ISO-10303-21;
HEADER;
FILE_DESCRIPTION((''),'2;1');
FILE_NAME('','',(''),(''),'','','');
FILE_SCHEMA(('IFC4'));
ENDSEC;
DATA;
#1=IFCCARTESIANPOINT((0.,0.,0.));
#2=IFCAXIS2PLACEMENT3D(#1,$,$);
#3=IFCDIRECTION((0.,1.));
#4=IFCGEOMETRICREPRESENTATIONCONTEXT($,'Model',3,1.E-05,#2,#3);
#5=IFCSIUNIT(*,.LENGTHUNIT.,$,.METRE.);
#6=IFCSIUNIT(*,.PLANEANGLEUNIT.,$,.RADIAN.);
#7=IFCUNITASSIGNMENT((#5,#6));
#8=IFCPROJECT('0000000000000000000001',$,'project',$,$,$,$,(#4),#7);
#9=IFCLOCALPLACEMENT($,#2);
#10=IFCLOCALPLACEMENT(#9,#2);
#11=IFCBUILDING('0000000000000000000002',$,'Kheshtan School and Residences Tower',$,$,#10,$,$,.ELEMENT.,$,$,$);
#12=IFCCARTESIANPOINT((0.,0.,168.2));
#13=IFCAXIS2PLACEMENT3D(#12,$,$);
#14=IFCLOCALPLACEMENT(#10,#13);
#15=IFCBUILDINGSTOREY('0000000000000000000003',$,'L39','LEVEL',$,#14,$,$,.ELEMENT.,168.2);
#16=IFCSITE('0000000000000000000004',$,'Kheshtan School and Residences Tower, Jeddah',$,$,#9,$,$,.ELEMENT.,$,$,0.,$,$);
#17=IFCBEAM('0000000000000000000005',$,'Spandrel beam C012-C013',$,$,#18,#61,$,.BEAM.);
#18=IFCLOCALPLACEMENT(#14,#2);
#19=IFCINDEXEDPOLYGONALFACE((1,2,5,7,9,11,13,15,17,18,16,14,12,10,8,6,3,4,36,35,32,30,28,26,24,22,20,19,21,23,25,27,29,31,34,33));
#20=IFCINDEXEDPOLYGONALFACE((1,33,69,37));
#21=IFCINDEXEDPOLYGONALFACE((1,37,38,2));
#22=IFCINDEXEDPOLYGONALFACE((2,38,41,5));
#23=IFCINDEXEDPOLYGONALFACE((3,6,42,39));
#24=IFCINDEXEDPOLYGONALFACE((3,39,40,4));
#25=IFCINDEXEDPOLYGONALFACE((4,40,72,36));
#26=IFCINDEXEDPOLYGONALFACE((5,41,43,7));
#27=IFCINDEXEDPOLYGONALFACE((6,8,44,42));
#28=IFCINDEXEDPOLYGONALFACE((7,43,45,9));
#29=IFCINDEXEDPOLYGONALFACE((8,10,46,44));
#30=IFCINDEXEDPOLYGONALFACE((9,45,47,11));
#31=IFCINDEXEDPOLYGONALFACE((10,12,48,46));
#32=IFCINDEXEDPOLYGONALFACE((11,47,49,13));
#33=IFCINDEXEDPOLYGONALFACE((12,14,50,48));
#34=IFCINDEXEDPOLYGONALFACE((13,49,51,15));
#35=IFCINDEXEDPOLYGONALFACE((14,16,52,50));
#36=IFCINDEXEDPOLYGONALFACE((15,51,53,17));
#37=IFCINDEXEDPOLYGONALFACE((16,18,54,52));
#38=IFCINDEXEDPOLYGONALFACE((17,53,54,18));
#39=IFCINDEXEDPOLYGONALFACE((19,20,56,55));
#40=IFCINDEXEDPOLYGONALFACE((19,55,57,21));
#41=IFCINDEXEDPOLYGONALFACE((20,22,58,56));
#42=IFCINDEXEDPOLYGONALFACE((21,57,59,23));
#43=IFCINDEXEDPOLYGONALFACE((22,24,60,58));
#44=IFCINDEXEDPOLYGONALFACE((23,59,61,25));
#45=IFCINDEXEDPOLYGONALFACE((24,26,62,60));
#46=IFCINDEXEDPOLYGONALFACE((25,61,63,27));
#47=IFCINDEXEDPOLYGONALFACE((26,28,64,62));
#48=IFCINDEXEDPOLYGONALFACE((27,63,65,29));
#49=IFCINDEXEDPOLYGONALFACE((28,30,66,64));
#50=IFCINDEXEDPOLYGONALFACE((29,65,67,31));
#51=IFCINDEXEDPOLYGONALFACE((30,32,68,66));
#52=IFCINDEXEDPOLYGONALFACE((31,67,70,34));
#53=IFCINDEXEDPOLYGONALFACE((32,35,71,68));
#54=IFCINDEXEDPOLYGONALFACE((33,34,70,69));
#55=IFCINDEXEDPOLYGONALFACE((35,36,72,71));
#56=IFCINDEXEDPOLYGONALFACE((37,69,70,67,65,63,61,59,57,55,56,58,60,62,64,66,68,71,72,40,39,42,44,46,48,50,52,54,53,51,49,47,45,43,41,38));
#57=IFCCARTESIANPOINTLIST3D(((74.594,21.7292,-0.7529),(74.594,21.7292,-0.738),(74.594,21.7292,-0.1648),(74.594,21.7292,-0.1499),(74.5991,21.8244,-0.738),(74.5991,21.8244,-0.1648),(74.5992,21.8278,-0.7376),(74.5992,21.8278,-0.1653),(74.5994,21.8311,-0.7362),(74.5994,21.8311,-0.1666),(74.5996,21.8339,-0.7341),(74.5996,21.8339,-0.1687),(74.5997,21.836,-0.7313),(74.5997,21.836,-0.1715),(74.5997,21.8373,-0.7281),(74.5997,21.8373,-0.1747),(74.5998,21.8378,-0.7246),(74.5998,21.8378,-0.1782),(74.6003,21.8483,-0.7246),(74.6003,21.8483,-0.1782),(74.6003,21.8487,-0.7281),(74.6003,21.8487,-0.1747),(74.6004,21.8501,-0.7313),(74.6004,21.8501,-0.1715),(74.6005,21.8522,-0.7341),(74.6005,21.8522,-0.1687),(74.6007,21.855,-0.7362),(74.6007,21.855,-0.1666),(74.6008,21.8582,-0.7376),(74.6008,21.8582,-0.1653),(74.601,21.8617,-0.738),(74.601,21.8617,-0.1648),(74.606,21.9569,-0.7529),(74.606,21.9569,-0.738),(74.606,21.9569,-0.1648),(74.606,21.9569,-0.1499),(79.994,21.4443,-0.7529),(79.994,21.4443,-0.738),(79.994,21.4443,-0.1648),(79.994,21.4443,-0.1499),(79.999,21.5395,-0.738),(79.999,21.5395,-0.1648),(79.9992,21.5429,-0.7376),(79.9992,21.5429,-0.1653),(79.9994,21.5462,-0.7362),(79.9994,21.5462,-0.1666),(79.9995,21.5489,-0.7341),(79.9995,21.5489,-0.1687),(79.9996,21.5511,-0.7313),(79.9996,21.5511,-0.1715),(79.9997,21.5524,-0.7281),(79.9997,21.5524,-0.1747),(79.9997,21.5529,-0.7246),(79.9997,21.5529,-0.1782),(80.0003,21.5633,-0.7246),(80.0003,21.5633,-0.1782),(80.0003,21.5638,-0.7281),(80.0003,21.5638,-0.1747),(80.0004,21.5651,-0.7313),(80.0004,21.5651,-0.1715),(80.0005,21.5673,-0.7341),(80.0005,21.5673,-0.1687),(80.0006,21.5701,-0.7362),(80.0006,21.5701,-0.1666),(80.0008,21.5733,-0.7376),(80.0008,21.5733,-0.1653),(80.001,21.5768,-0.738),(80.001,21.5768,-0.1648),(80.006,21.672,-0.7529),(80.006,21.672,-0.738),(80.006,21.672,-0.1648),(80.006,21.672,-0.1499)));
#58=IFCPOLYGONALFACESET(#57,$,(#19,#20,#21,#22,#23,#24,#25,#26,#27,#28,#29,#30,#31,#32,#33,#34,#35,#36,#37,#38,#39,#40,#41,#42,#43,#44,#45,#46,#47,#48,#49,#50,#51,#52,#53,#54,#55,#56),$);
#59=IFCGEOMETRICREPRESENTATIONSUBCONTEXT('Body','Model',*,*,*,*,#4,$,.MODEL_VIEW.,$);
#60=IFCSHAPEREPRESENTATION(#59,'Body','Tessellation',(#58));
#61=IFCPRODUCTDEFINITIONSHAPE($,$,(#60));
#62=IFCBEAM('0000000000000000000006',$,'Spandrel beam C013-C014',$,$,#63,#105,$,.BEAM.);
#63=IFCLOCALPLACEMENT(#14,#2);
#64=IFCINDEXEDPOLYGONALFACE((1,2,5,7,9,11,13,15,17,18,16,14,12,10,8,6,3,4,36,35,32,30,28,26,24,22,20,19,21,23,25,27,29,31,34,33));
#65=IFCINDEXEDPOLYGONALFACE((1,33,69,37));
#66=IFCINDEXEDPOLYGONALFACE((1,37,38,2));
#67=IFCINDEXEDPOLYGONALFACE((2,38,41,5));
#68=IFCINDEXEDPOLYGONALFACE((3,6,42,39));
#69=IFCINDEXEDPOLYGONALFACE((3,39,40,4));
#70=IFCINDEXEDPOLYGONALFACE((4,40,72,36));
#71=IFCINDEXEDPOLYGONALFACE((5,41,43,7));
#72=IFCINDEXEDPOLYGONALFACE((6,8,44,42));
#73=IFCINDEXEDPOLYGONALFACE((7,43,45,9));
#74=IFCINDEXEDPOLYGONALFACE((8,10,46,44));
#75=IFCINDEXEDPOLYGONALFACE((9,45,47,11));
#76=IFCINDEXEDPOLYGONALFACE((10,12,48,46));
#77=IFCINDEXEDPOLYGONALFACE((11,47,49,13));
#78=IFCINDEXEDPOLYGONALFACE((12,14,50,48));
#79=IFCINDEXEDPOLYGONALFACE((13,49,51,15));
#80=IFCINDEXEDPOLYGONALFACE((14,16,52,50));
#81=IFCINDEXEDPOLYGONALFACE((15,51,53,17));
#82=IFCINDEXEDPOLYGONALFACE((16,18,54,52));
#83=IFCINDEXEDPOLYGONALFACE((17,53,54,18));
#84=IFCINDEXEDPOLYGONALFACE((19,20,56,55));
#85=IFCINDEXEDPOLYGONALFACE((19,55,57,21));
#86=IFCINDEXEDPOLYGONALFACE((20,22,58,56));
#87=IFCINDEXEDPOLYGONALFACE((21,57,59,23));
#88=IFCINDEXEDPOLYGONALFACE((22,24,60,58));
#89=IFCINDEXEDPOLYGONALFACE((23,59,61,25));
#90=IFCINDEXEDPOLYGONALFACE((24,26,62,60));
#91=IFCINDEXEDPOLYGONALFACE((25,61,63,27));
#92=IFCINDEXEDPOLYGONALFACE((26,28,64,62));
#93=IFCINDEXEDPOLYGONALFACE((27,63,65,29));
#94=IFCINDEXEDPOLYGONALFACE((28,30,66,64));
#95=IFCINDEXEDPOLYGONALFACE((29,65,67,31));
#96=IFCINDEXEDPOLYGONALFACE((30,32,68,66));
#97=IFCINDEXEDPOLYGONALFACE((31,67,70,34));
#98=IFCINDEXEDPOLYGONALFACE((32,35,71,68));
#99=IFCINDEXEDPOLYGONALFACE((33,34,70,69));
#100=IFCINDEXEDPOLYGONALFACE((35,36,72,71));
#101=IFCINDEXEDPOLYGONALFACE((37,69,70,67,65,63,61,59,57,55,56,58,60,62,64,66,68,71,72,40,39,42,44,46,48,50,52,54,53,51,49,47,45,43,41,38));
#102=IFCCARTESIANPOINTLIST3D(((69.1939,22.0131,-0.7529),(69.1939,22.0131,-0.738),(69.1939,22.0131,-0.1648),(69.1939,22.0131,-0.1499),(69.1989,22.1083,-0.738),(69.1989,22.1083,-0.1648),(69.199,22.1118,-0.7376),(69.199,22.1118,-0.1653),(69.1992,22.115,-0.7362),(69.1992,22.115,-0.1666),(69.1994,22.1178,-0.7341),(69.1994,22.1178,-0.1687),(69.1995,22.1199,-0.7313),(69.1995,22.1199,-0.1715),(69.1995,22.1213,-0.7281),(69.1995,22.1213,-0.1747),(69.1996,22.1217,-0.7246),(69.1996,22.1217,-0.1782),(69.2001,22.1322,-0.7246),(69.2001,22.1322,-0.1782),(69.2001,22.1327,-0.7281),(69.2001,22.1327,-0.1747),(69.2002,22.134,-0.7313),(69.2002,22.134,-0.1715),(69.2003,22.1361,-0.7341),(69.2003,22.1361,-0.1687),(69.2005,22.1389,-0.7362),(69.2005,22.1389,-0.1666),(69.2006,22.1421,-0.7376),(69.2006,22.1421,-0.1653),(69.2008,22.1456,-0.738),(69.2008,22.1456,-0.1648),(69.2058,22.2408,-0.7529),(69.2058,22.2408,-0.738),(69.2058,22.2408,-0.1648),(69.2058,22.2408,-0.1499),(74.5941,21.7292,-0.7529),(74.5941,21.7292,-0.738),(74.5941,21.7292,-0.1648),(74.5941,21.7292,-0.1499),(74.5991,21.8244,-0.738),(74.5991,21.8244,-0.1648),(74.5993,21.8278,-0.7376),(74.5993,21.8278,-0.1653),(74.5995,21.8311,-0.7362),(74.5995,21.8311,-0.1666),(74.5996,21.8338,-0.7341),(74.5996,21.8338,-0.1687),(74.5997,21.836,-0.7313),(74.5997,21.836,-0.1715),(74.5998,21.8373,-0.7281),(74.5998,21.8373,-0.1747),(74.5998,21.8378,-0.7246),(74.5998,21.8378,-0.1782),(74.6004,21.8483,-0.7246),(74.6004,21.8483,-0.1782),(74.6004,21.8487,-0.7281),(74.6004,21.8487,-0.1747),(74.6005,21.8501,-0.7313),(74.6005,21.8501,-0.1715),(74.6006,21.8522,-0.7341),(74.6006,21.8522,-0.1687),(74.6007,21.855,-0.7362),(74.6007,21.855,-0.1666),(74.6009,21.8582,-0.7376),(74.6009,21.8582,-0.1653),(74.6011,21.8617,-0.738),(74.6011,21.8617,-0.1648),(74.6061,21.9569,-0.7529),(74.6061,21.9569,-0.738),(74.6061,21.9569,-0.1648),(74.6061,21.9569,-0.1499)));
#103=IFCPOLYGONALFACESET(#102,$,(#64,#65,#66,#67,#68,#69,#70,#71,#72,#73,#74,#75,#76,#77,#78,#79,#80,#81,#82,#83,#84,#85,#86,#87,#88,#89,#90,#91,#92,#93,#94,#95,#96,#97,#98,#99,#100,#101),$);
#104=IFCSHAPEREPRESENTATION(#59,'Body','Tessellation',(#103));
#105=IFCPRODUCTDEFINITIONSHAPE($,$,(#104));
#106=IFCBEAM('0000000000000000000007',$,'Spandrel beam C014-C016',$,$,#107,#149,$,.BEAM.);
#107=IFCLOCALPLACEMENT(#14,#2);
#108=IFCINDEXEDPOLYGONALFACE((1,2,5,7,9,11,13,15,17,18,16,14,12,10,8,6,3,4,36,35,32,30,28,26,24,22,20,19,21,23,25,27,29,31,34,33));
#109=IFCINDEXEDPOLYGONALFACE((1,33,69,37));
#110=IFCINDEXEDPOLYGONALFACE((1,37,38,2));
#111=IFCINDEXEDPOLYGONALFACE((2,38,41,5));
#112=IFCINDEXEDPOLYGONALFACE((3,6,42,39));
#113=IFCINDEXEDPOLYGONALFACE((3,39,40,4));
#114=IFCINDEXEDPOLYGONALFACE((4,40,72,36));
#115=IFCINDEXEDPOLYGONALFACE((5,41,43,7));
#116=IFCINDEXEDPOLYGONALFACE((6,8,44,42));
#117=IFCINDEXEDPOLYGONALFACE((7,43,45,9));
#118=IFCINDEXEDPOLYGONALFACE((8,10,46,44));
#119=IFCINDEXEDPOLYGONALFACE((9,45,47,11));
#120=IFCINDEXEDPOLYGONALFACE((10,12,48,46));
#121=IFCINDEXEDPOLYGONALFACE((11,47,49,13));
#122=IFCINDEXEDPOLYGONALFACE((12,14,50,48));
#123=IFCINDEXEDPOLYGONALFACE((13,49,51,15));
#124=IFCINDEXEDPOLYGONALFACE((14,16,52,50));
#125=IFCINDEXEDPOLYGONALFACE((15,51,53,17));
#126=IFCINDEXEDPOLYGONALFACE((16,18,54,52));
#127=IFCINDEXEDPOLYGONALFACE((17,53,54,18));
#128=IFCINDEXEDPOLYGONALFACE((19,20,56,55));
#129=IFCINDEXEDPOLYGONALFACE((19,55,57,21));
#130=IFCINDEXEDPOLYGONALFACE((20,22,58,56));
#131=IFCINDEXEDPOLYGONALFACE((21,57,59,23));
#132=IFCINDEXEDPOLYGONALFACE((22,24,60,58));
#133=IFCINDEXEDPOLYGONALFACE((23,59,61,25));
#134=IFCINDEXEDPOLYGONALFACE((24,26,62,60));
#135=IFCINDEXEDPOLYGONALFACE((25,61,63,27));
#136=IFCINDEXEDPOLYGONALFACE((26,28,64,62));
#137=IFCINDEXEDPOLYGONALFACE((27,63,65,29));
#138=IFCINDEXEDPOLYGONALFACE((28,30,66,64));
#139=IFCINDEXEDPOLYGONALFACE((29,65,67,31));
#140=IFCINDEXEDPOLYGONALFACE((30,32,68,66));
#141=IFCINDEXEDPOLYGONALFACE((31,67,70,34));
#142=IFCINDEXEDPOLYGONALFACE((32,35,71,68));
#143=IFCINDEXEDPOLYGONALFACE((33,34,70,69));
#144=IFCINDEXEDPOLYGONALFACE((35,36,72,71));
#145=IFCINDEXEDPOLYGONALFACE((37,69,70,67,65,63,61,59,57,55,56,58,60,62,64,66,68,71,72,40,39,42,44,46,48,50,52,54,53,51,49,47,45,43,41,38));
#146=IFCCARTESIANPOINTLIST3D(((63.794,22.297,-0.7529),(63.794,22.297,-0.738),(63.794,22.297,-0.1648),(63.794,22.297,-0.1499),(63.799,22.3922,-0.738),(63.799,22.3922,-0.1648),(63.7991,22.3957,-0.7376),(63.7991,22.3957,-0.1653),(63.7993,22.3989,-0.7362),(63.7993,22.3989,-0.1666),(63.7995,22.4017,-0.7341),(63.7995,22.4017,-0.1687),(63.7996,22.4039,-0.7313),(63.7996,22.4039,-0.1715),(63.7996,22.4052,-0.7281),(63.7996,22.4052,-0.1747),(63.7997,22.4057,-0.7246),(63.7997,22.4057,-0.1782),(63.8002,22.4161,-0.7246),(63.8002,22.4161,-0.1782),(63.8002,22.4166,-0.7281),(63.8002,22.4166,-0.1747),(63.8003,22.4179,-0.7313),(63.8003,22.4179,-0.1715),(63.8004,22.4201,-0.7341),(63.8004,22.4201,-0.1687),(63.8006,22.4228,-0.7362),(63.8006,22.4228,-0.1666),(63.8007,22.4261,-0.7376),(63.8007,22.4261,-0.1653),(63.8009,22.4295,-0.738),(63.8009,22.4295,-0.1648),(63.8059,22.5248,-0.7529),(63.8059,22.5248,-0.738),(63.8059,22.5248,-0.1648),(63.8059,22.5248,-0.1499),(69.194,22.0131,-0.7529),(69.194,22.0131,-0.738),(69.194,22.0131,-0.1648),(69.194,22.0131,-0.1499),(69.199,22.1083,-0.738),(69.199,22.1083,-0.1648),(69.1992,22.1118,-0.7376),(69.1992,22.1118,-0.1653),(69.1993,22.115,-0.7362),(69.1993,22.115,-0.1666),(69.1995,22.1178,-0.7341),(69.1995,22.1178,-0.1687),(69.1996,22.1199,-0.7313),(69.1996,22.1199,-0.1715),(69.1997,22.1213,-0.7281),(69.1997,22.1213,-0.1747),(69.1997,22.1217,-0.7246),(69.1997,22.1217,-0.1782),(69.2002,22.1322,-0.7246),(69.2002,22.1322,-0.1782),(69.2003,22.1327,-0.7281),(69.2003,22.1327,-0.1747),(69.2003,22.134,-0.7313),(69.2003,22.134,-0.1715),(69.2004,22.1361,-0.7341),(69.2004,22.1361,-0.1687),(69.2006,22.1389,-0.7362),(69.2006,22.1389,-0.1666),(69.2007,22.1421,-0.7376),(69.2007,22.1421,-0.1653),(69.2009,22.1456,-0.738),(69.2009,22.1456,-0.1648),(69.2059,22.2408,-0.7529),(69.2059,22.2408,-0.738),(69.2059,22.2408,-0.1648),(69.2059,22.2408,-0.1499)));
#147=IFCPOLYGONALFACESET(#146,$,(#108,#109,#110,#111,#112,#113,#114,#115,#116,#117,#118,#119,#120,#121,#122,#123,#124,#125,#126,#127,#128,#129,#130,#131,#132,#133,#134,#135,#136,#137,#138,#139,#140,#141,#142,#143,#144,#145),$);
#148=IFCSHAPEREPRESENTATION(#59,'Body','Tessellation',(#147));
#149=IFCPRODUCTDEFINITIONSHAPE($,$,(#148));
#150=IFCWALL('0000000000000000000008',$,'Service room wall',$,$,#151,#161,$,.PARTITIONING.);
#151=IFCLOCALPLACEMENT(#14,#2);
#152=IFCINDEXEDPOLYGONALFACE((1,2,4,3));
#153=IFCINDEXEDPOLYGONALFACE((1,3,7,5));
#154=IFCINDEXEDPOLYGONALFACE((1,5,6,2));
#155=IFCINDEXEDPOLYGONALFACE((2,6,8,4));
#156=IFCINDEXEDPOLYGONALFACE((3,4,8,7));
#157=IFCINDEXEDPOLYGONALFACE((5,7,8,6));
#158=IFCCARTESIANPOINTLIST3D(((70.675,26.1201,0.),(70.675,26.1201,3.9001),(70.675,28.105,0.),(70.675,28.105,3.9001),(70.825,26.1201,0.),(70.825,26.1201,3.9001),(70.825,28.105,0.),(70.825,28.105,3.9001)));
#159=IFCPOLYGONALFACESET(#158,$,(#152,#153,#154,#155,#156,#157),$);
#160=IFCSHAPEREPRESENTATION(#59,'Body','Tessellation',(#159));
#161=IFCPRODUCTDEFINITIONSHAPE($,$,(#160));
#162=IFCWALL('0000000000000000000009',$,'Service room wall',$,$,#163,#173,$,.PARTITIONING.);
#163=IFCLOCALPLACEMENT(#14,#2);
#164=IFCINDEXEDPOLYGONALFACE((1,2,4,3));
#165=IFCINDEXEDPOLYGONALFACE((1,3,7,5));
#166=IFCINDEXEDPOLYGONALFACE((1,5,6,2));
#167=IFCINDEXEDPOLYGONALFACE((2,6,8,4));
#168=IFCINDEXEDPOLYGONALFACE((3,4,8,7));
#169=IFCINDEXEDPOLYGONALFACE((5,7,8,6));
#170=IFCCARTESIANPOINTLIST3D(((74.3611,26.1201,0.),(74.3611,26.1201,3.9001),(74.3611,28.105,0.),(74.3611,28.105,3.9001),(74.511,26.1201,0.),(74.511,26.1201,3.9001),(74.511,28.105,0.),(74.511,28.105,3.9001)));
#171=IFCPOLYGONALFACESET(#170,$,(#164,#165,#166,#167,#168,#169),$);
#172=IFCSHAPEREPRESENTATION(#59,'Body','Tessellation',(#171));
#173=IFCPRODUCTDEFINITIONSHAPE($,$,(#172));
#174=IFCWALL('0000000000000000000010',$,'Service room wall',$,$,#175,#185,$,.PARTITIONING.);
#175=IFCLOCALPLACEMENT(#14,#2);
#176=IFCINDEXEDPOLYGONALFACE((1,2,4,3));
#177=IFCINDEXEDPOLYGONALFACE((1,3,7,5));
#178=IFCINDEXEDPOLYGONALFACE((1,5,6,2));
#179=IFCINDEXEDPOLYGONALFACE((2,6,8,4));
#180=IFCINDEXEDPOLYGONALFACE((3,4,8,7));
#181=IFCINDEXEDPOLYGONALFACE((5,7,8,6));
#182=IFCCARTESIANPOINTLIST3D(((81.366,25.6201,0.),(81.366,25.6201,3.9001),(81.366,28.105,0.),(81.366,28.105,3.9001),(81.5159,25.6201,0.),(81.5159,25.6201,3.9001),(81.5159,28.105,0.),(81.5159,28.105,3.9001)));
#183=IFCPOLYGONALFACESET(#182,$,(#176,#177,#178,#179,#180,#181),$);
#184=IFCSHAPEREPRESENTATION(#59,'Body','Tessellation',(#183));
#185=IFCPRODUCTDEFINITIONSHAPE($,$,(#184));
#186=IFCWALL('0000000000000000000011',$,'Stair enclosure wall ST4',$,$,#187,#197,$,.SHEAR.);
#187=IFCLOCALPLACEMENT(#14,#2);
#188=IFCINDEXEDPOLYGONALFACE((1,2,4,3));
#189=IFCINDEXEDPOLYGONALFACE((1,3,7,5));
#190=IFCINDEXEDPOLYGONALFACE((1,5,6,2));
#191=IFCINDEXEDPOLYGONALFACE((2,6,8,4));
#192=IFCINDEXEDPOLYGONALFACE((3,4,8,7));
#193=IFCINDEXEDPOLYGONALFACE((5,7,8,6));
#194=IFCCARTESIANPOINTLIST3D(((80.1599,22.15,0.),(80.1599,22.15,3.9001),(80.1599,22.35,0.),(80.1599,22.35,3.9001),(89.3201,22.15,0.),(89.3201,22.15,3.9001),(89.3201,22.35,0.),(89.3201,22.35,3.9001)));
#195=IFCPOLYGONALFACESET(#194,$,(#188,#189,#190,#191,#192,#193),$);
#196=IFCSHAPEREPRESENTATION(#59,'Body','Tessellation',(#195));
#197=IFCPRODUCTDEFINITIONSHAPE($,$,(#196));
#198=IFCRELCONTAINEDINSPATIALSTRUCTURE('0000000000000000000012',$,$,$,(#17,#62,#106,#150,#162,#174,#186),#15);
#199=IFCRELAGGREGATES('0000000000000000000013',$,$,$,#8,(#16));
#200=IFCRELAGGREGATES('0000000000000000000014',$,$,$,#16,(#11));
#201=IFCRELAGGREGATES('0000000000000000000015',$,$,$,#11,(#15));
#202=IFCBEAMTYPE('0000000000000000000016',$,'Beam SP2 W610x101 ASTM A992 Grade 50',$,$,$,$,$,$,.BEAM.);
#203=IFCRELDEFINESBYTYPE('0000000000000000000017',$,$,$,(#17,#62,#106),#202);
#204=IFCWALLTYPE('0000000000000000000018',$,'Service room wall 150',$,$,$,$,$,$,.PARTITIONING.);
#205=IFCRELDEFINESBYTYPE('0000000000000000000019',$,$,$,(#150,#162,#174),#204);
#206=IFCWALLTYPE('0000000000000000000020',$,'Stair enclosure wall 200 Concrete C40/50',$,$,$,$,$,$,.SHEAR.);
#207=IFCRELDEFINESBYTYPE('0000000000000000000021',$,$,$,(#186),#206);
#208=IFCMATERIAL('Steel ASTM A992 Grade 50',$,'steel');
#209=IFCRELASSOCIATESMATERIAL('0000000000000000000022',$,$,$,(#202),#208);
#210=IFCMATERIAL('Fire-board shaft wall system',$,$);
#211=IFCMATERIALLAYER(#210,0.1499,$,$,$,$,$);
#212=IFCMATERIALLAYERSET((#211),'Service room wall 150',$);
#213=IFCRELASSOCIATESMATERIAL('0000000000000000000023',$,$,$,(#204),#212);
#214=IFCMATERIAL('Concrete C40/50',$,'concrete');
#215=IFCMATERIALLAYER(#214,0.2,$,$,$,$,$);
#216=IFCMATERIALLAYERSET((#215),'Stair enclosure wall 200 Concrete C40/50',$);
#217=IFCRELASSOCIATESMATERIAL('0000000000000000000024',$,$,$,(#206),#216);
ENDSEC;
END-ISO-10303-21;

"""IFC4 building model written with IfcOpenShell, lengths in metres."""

from ifc_helpers import new_model, si_unit, direction, frame, frame_2d, origin, origin_2d, place, context, subcontext, project, spatial, rectangle, i_section, extrude, material, layer, layer_set, material_profile, profile_set, type_object, element, save


model = new_model("IFC4")

# Units and contexts
model_context = context("Model", 3, precision=1e-05, world=origin(), true_north=direction((0.0, 1.0)))
body_context = subcontext(model_context, "Body", "Model", "MODEL_VIEW")
ifc_project = project(units=[si_unit("LENGTHUNIT", "METRE"), si_unit("PLANEANGLEUNIT", "RADIAN")], contexts=[model_context])

# Site, building, storey
site_placement = place(None, origin())
site = spatial("IfcSite", under=ifc_project, at=site_placement, Name="Kheshtan School and Residences Tower, Jeddah", CompositionType="ELEMENT", RefElevation=0.0)
building_placement = place(site_placement, origin())
building = spatial("IfcBuilding", under=site, at=building_placement, Name="Kheshtan School and Residences Tower", CompositionType="ELEMENT")
storey_placement = place(building_placement, frame((0.0, 0.0, 168.2)))
storey = spatial("IfcBuildingStorey", under=building, at=storey_placement, Name="L39", Description="LEVEL", CompositionType="ELEMENT", Elevation=168.2)

# Shared definitions
ifc_material_1 = material(Name="Steel ASTM A992 Grade 50", Category="steel")

# Beams
ifc_material_profile_1 = material_profile(ifc_material_1, i_section(OverallWidth=0.228, OverallDepth=0.603, WebThickness=0.0105, FlangeThickness=0.0149, FilletRadius=0.0134, at=origin_2d()), Name="W610x101")
ifc_profile_set_1 = profile_set([ifc_material_profile_1], Name="Steel ASTM A992 Grade 50")
beam_type_1 = type_object("IfcBeamType", Name="Beam SP2 W610x101 ASTM A992 Grade 50", PredefinedType="BEAM", material=ifc_profile_set_1)
beam_1_placement = place(storey_placement, frame((80.0, 21.5581, -0.4514), z_axis=(-0.998611, 0.052689, 0.0), x_axis=(-0.052689, -0.998611, 0.0)))
element("IfcBeam", 1, at=beam_1_placement, inside=storey, type_object=beam_type_1, Name="Spandrel beam C012-C013", PredefinedType="BEAM", context=body_context, shape_type="SweptSolid", body=[
    extrude(i_section(OverallWidth=0.228, OverallDepth=0.603, WebThickness=0.0105, FlangeThickness=0.0149, FilletRadius=0.0134, at=origin_2d()), origin(), (0.0, 0.0, 1.0), 5.4075),
])
beam_2_placement = place(storey_placement, frame((74.6001, 21.843, -0.4514), z_axis=(-0.998621, 0.052507, 0.0), x_axis=(-0.052507, -0.998621, 0.0)))
element("IfcBeam", 2, at=beam_2_placement, inside=storey, type_object=beam_type_1, Name="Spandrel beam C013-C014", PredefinedType="BEAM", context=body_context, shape_type="SweptSolid", body=[
    extrude(i_section(OverallWidth=0.228, OverallDepth=0.603, WebThickness=0.0105, FlangeThickness=0.0149, FilletRadius=0.0134, at=origin_2d()), origin(), (0.0, 0.0, 1.0), 5.4077),
])
beam_3_placement = place(storey_placement, frame((69.2, 22.127, -0.4514), z_axis=(-0.99862, 0.052509, 0.0), x_axis=(-0.052509, -0.99862, 0.0)))
element("IfcBeam", 3, at=beam_3_placement, inside=storey, type_object=beam_type_1, Name="Spandrel beam C014-C016", PredefinedType="BEAM", context=body_context, shape_type="SweptSolid", body=[
    extrude(i_section(OverallWidth=0.228, OverallDepth=0.603, WebThickness=0.0105, FlangeThickness=0.0149, FilletRadius=0.0134, at=origin_2d()), origin(), (0.0, 0.0, 1.0), 5.4075),
])

# Walls
ifc_material_2 = material(Name="Fire-board shaft wall system")
ifc_layer_1 = layer(ifc_material_2, 0.1499)
ifc_layer_set_1 = layer_set([ifc_layer_1], Name="Service room wall 150")
wall_type_1 = type_object("IfcWallType", Name="Service room wall 150", PredefinedType="PARTITIONING", material=ifc_layer_set_1)
for number, where, z_axis, x_axis, name in (
    (4, (70.75, 26.1201, 0.0), (0.0, 0.0, 1.0), (0.0, 1.0, 0.0), "Service room wall"),
    (5, (74.436, 26.1201, 0.0), (0.0, 0.0, 1.0), (0.0, 1.0, 0.0), "Service room wall"),
):
    element("IfcWall", number, at=place(storey_placement, frame(where, z_axis=z_axis, x_axis=x_axis)), inside=storey, type_object=wall_type_1, Name=name, PredefinedType="PARTITIONING", context=body_context, shape_type="SweptSolid", body=[
        extrude(rectangle(XDim=1.9849, YDim=0.1499, at=frame_2d((0.9924, 0.0))), origin(), (0.0, 0.0, 1.0), 3.9001),
    ])
wall_1_placement = place(storey_placement, frame((81.4409, 25.6201, 0.0), z_axis=(0.0, 0.0, 1.0), x_axis=(0.0, 1.0, 0.0)))
element("IfcWall", 6, at=wall_1_placement, inside=storey, type_object=wall_type_1, Name="Service room wall", PredefinedType="PARTITIONING", context=body_context, shape_type="SweptSolid", body=[
    extrude(rectangle(XDim=2.4849, YDim=0.1499, at=frame_2d((1.2424, 0.0))), origin(), (0.0, 0.0, 1.0), 3.9001),
])
ifc_material_3 = material(Name="Concrete C40/50", Category="concrete")
ifc_layer_2 = layer(ifc_material_3, 0.2)
ifc_layer_set_2 = layer_set([ifc_layer_2], Name="Stair enclosure wall 200 Concrete C40/50")
wall_type_2 = type_object("IfcWallType", Name="Stair enclosure wall 200 Concrete C40/50", PredefinedType="SHEAR", material=ifc_layer_set_2)
wall_2_placement = place(storey_placement, frame((80.1599, 22.25, 0.0), z_axis=(0.0, 0.0, 1.0), x_axis=(1.0, 0.0, 0.0)))
element("IfcWall", 7, at=wall_2_placement, inside=storey, type_object=wall_type_2, Name="Stair enclosure wall ST4", PredefinedType="SHEAR", context=body_context, shape_type="SweptSolid", body=[
    extrude(rectangle(XDim=9.1602, YDim=0.2, at=frame_2d((4.5801, 0.0))), origin(), (0.0, 0.0, 1.0), 3.9001),
])

save(model, "model.ifc")
